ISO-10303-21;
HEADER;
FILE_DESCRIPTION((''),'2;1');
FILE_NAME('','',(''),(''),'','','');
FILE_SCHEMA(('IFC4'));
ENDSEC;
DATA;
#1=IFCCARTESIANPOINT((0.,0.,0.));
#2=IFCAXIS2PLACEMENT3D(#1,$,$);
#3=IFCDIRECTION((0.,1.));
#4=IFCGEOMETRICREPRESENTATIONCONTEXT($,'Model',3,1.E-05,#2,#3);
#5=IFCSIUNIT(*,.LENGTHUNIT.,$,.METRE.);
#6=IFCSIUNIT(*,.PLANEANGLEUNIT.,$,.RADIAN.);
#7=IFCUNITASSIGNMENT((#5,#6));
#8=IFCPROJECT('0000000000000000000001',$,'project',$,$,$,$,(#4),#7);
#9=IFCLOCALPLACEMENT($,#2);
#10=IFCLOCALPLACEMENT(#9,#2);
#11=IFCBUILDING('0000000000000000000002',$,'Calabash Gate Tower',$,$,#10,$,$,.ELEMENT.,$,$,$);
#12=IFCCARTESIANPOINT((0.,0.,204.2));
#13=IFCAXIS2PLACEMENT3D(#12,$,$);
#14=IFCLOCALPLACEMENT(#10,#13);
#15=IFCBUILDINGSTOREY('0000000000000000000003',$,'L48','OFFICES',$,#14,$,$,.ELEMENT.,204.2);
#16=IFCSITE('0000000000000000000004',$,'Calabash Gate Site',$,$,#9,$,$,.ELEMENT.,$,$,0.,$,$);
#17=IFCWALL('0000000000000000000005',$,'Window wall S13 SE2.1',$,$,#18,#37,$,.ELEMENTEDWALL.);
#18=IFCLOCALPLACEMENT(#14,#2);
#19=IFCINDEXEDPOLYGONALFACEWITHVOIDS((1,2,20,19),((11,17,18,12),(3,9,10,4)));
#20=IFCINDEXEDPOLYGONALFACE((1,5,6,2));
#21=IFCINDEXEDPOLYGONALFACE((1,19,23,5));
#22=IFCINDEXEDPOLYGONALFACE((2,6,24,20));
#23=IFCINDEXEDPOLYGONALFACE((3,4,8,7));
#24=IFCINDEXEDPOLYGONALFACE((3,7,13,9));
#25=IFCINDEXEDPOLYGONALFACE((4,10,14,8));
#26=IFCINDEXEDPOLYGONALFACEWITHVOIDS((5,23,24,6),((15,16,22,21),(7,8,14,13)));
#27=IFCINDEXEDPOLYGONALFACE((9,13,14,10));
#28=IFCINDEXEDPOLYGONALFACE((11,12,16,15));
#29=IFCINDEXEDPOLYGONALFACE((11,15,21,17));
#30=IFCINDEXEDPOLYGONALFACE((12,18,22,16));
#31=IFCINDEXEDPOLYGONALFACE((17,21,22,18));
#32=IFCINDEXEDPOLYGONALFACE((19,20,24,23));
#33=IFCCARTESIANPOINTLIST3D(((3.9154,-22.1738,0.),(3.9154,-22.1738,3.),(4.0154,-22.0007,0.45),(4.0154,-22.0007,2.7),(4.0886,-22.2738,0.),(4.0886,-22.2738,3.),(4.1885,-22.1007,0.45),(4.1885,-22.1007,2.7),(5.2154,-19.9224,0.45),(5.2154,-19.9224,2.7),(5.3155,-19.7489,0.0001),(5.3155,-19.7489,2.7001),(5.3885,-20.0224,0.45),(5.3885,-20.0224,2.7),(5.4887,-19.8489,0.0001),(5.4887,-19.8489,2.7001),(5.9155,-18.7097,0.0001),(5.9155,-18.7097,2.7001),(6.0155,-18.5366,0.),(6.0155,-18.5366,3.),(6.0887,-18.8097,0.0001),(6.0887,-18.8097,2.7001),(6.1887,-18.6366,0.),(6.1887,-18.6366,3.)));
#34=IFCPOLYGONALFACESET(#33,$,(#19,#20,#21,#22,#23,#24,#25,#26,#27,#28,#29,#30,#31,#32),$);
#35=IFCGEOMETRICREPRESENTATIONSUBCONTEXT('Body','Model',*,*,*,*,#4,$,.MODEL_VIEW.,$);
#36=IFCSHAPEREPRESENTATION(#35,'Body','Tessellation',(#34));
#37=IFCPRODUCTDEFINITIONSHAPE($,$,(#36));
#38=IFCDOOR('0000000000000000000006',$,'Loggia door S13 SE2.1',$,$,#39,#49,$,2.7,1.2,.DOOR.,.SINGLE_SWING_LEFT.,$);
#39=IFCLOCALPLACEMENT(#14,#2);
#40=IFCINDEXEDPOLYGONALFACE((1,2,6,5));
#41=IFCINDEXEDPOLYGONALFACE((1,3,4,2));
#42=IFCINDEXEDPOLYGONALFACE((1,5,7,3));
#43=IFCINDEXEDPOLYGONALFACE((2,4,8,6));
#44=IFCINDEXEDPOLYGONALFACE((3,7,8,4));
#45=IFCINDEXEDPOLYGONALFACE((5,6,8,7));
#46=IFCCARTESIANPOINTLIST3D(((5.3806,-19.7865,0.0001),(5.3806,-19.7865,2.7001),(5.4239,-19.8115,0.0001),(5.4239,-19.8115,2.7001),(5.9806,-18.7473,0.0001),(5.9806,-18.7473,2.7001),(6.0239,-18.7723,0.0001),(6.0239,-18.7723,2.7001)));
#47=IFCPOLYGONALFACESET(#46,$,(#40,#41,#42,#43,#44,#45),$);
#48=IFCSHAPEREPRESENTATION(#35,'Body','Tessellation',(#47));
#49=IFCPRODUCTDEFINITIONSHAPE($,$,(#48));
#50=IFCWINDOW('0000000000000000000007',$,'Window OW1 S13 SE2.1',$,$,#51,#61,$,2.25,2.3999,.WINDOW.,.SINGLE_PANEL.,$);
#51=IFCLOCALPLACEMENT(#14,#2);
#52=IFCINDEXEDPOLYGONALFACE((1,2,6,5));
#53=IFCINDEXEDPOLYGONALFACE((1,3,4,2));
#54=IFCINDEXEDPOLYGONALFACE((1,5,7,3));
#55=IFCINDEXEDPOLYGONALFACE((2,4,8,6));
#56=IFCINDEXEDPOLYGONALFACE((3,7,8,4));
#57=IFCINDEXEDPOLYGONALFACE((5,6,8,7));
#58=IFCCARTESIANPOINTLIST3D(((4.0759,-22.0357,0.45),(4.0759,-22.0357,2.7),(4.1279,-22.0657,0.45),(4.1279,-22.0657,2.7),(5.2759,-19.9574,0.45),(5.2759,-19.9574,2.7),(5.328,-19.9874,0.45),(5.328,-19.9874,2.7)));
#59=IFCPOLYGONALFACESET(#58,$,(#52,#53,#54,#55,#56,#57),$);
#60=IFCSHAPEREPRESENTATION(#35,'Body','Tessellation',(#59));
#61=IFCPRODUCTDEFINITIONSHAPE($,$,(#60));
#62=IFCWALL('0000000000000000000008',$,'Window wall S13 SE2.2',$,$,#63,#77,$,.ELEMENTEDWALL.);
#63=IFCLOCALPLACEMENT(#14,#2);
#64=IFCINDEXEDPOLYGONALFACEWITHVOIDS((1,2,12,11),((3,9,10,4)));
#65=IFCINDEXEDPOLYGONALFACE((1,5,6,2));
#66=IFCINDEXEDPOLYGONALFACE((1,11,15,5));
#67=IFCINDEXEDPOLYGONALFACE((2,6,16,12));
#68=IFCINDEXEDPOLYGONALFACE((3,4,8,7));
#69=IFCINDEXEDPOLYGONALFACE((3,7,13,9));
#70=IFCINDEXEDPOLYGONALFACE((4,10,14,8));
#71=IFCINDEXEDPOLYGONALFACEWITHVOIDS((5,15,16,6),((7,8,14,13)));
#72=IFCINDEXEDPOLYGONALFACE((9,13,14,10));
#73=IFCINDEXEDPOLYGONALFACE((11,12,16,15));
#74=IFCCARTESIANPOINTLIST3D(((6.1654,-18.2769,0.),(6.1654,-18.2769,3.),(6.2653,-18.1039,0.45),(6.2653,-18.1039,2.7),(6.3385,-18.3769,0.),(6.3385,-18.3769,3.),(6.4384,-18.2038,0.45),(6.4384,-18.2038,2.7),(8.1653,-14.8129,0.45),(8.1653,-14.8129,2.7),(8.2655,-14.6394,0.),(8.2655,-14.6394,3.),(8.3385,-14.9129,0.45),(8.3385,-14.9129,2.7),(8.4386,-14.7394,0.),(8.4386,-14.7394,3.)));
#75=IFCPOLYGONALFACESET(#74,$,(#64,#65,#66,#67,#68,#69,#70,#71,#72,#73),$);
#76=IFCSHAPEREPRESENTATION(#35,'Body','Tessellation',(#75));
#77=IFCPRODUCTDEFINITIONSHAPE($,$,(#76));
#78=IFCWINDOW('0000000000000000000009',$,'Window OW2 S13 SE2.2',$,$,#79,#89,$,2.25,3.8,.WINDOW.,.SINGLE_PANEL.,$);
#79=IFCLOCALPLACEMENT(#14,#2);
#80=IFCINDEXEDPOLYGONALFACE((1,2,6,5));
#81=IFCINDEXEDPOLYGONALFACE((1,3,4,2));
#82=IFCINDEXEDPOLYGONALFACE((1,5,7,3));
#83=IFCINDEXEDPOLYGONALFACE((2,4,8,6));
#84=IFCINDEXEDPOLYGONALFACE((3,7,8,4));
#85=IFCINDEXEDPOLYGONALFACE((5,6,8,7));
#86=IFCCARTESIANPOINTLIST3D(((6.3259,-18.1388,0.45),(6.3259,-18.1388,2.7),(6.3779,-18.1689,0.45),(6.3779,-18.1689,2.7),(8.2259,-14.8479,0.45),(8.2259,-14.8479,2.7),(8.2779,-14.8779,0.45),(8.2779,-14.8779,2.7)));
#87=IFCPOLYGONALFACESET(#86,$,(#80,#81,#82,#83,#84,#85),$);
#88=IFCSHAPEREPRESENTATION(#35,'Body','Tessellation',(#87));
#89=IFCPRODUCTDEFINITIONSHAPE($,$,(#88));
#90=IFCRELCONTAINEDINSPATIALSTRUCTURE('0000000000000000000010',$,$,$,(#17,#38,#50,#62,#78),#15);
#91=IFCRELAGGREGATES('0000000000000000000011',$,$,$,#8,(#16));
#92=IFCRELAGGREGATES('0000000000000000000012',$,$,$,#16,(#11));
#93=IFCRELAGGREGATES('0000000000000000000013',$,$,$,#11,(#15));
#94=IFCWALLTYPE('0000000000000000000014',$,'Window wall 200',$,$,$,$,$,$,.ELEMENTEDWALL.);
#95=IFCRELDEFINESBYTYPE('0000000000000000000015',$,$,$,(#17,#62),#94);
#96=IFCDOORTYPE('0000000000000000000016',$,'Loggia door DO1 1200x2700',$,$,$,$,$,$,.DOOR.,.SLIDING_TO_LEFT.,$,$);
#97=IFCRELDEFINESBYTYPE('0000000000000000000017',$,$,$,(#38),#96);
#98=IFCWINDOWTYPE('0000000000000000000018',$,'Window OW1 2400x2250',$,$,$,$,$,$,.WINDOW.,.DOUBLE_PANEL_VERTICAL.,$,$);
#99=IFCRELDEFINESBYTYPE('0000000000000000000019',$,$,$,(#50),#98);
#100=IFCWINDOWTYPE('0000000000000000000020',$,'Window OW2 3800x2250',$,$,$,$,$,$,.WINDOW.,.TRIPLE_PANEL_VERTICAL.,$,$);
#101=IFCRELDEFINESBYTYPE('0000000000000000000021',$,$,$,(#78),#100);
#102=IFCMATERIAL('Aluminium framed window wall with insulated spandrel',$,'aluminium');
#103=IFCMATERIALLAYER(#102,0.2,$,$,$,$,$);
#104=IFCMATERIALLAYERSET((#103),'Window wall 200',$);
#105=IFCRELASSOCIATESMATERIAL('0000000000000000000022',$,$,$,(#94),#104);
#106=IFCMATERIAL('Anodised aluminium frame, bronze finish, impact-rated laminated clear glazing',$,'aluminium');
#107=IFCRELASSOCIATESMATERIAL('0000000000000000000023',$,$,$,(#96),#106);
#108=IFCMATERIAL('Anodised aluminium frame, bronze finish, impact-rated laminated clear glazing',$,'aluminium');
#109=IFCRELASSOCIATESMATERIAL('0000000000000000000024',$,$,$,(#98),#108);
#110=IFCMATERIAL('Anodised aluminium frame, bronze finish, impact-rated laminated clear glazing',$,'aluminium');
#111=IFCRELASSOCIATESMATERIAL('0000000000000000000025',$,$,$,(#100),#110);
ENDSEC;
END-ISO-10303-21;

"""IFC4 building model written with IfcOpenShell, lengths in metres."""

from ifc_helpers import new_model, si_unit, direction, frame, frame_2d, origin, place, context, subcontext, project, spatial, rectangle, extrude, material, layer, layer_set, type_object, element, fill, save


model = new_model("IFC4")

# Units and contexts
model_context = context("Model", 3, precision=1e-05, world=origin(), true_north=direction((0.0, 1.0)))
body_context = subcontext(model_context, "Body", "Model", "MODEL_VIEW")
ifc_project = project(units=[si_unit("LENGTHUNIT", "METRE"), si_unit("PLANEANGLEUNIT", "RADIAN")], contexts=[model_context])

# Site, building, storey
site_placement = place(None, origin())
site = spatial("IfcSite", under=ifc_project, at=site_placement, Name="Calabash Gate Site", CompositionType="ELEMENT", RefElevation=0.0)
building_placement = place(site_placement, origin())
building = spatial("IfcBuilding", under=site, at=building_placement, Name="Calabash Gate Tower", CompositionType="ELEMENT")
storey_placement = place(building_placement, frame((0.0, 0.0, 204.2)))
storey = spatial("IfcBuildingStorey", under=building, at=storey_placement, Name="L48", Description="OFFICES", CompositionType="ELEMENT", Elevation=204.2)

# Wall, openings, door, window
ifc_material_1 = material(Name="Aluminium framed window wall with insulated spandrel", Category="aluminium")
ifc_layer_1 = layer(ifc_material_1, 0.2)
ifc_layer_set_1 = layer_set([ifc_layer_1], Name="Window wall 200")
wall_type_1 = type_object("IfcWallType", Name="Window wall 200", PredefinedType="ELEMENTEDWALL", material=ifc_layer_set_1)
wall_1_placement = place(storey_placement, frame((4.002, -22.2239, 0.0), z_axis=(0.0, 0.0, 1.0), x_axis=(0.500028, 0.866009, 0.0)))
wall_1 = element("IfcWall", 1, at=wall_1_placement, inside=storey, type_object=wall_type_1, Name="Window wall S13 SE2.1", PredefinedType="ELEMENTEDWALL", context=body_context, shape_type="SweptSolid", body=[
    extrude(rectangle(XDim=4.2, YDim=0.2, at=frame_2d((2.1001, 0.0))), origin(), (0.0, 0.0, 1.0), 3.0),
])
opening_1_placement = place(wall_1_placement, frame((0.2, 0.0, 0.45)))
opening_1 = element("IfcOpeningElement", 2, at=opening_1_placement, cuts=wall_1, PredefinedType="OPENING", context=body_context, shape_type="SweptSolid", body=[
    extrude(rectangle(XDim=2.3999, YDim=2.25, at=frame_2d((1.2, 1.125))), frame((0.0, 0.1099, 0.0), z_axis=(0.0, -1.0, 0.0), x_axis=(1.0, 0.0, 0.0)), (0.0, 0.0, 1.0), 0.22),
])
opening_2_placement = place(wall_1_placement, frame((2.8, 0.0, 0.0)))
opening_2 = element("IfcOpeningElement", 3, at=opening_2_placement, cuts=wall_1, PredefinedType="OPENING", context=body_context, shape_type="SweptSolid", body=[
    extrude(rectangle(XDim=1.2, YDim=2.7, at=frame_2d((0.6001, 1.3501))), frame((0.0, 0.1099, 0.0), z_axis=(0.0, -1.0, 0.0), x_axis=(1.0, 0.0, 0.0)), (0.0, 0.0, 1.0), 0.22),
])
ifc_material_2 = material(Name="Anodised aluminium frame, bronze finish, impact-rated laminated clear glazing", Category="aluminium")
door_type = type_object("IfcDoorType", Name="Loggia door DO1 1200x2700", OperationType="SLIDING_TO_LEFT", PredefinedType="DOOR", material=ifc_material_2)
door_placement = place(opening_2_placement, origin())
door = element("IfcDoor", 4, at=door_placement, inside=storey, type_object=door_type, Name="Loggia door S13 SE2.1", OperationType="SINGLE_SWING_LEFT", OverallHeight=2.7, OverallWidth=1.2, PredefinedType="DOOR", context=body_context, shape_type="SweptSolid", body=[
    extrude(rectangle(XDim=1.2, YDim=2.7, at=frame_2d((0.6001, 1.3501))), frame((0.0, 0.0249, 0.0), z_axis=(0.0, -1.0, 0.0), x_axis=(1.0, 0.0, 0.0)), (0.0, 0.0, 1.0), 0.05),
])
fill(opening_2, door)
ifc_material_3 = material(Name="Anodised aluminium frame, bronze finish, impact-rated laminated clear glazing", Category="aluminium")
window_type_1 = type_object("IfcWindowType", Name="Window OW1 2400x2250", PartitioningType="DOUBLE_PANEL_VERTICAL", PredefinedType="WINDOW", material=ifc_material_3)
window_1_placement = place(opening_1_placement, origin())
window_1 = element("IfcWindow", 5, at=window_1_placement, inside=storey, type_object=window_type_1, Name="Window OW1 S13 SE2.1", OverallHeight=2.25, OverallWidth=2.3999, PartitioningType="SINGLE_PANEL", PredefinedType="WINDOW", context=body_context, shape_type="SweptSolid", body=[
    extrude(rectangle(XDim=2.3999, YDim=2.25, at=frame_2d((1.2, 1.125))), frame((0.0, 0.03, 0.0), z_axis=(0.0, -1.0, 0.0), x_axis=(1.0, 0.0, 0.0)), (0.0, 0.0, 1.0), 0.0601),
])
fill(opening_1, window_1)

# Wall, opening, window
wall_2_placement = place(storey_placement, frame((6.252, -18.3269, 0.0), z_axis=(0.0, 0.0, 1.0), x_axis=(0.500003, 0.866024, 0.0)))
wall_2 = element("IfcWall", 6, at=wall_2_placement, inside=storey, type_object=wall_type_1, Name="Window wall S13 SE2.2", PredefinedType="ELEMENTEDWALL", context=body_context, shape_type="SweptSolid", body=[
    extrude(rectangle(XDim=4.2002, YDim=0.2, at=frame_2d((2.1001, 0.0))), origin(), (0.0, 0.0, 1.0), 3.0),
])
opening_3_placement = place(wall_2_placement, frame((0.2, 0.0, 0.45)))
opening_3 = element("IfcOpeningElement", 7, at=opening_3_placement, cuts=wall_2, PredefinedType="OPENING", context=body_context, shape_type="SweptSolid", body=[
    extrude(rectangle(XDim=3.8, YDim=2.25, at=frame_2d((1.8999, 1.125))), frame((0.0, 0.1099, 0.0), z_axis=(0.0, -1.0, 0.0), x_axis=(1.0, 0.0, 0.0)), (0.0, 0.0, 1.0), 0.22),
])
ifc_material_4 = material(Name="Anodised aluminium frame, bronze finish, impact-rated laminated clear glazing", Category="aluminium")
window_type_2 = type_object("IfcWindowType", Name="Window OW2 3800x2250", PartitioningType="TRIPLE_PANEL_VERTICAL", PredefinedType="WINDOW", material=ifc_material_4)
window_2_placement = place(opening_3_placement, origin())
window_2 = element("IfcWindow", 8, at=window_2_placement, inside=storey, type_object=window_type_2, Name="Window OW2 S13 SE2.2", OverallHeight=2.25, OverallWidth=3.8, PartitioningType="SINGLE_PANEL", PredefinedType="WINDOW", context=body_context, shape_type="SweptSolid", body=[
    extrude(rectangle(XDim=3.8, YDim=2.25, at=frame_2d((1.8999, 1.125))), frame((0.0, 0.03, 0.0), z_axis=(0.0, -1.0, 0.0), x_axis=(1.0, 0.0, 0.0)), (0.0, 0.0, 1.0), 0.0601),
])
fill(opening_3, window_2)

save(model, "model.ifc")
